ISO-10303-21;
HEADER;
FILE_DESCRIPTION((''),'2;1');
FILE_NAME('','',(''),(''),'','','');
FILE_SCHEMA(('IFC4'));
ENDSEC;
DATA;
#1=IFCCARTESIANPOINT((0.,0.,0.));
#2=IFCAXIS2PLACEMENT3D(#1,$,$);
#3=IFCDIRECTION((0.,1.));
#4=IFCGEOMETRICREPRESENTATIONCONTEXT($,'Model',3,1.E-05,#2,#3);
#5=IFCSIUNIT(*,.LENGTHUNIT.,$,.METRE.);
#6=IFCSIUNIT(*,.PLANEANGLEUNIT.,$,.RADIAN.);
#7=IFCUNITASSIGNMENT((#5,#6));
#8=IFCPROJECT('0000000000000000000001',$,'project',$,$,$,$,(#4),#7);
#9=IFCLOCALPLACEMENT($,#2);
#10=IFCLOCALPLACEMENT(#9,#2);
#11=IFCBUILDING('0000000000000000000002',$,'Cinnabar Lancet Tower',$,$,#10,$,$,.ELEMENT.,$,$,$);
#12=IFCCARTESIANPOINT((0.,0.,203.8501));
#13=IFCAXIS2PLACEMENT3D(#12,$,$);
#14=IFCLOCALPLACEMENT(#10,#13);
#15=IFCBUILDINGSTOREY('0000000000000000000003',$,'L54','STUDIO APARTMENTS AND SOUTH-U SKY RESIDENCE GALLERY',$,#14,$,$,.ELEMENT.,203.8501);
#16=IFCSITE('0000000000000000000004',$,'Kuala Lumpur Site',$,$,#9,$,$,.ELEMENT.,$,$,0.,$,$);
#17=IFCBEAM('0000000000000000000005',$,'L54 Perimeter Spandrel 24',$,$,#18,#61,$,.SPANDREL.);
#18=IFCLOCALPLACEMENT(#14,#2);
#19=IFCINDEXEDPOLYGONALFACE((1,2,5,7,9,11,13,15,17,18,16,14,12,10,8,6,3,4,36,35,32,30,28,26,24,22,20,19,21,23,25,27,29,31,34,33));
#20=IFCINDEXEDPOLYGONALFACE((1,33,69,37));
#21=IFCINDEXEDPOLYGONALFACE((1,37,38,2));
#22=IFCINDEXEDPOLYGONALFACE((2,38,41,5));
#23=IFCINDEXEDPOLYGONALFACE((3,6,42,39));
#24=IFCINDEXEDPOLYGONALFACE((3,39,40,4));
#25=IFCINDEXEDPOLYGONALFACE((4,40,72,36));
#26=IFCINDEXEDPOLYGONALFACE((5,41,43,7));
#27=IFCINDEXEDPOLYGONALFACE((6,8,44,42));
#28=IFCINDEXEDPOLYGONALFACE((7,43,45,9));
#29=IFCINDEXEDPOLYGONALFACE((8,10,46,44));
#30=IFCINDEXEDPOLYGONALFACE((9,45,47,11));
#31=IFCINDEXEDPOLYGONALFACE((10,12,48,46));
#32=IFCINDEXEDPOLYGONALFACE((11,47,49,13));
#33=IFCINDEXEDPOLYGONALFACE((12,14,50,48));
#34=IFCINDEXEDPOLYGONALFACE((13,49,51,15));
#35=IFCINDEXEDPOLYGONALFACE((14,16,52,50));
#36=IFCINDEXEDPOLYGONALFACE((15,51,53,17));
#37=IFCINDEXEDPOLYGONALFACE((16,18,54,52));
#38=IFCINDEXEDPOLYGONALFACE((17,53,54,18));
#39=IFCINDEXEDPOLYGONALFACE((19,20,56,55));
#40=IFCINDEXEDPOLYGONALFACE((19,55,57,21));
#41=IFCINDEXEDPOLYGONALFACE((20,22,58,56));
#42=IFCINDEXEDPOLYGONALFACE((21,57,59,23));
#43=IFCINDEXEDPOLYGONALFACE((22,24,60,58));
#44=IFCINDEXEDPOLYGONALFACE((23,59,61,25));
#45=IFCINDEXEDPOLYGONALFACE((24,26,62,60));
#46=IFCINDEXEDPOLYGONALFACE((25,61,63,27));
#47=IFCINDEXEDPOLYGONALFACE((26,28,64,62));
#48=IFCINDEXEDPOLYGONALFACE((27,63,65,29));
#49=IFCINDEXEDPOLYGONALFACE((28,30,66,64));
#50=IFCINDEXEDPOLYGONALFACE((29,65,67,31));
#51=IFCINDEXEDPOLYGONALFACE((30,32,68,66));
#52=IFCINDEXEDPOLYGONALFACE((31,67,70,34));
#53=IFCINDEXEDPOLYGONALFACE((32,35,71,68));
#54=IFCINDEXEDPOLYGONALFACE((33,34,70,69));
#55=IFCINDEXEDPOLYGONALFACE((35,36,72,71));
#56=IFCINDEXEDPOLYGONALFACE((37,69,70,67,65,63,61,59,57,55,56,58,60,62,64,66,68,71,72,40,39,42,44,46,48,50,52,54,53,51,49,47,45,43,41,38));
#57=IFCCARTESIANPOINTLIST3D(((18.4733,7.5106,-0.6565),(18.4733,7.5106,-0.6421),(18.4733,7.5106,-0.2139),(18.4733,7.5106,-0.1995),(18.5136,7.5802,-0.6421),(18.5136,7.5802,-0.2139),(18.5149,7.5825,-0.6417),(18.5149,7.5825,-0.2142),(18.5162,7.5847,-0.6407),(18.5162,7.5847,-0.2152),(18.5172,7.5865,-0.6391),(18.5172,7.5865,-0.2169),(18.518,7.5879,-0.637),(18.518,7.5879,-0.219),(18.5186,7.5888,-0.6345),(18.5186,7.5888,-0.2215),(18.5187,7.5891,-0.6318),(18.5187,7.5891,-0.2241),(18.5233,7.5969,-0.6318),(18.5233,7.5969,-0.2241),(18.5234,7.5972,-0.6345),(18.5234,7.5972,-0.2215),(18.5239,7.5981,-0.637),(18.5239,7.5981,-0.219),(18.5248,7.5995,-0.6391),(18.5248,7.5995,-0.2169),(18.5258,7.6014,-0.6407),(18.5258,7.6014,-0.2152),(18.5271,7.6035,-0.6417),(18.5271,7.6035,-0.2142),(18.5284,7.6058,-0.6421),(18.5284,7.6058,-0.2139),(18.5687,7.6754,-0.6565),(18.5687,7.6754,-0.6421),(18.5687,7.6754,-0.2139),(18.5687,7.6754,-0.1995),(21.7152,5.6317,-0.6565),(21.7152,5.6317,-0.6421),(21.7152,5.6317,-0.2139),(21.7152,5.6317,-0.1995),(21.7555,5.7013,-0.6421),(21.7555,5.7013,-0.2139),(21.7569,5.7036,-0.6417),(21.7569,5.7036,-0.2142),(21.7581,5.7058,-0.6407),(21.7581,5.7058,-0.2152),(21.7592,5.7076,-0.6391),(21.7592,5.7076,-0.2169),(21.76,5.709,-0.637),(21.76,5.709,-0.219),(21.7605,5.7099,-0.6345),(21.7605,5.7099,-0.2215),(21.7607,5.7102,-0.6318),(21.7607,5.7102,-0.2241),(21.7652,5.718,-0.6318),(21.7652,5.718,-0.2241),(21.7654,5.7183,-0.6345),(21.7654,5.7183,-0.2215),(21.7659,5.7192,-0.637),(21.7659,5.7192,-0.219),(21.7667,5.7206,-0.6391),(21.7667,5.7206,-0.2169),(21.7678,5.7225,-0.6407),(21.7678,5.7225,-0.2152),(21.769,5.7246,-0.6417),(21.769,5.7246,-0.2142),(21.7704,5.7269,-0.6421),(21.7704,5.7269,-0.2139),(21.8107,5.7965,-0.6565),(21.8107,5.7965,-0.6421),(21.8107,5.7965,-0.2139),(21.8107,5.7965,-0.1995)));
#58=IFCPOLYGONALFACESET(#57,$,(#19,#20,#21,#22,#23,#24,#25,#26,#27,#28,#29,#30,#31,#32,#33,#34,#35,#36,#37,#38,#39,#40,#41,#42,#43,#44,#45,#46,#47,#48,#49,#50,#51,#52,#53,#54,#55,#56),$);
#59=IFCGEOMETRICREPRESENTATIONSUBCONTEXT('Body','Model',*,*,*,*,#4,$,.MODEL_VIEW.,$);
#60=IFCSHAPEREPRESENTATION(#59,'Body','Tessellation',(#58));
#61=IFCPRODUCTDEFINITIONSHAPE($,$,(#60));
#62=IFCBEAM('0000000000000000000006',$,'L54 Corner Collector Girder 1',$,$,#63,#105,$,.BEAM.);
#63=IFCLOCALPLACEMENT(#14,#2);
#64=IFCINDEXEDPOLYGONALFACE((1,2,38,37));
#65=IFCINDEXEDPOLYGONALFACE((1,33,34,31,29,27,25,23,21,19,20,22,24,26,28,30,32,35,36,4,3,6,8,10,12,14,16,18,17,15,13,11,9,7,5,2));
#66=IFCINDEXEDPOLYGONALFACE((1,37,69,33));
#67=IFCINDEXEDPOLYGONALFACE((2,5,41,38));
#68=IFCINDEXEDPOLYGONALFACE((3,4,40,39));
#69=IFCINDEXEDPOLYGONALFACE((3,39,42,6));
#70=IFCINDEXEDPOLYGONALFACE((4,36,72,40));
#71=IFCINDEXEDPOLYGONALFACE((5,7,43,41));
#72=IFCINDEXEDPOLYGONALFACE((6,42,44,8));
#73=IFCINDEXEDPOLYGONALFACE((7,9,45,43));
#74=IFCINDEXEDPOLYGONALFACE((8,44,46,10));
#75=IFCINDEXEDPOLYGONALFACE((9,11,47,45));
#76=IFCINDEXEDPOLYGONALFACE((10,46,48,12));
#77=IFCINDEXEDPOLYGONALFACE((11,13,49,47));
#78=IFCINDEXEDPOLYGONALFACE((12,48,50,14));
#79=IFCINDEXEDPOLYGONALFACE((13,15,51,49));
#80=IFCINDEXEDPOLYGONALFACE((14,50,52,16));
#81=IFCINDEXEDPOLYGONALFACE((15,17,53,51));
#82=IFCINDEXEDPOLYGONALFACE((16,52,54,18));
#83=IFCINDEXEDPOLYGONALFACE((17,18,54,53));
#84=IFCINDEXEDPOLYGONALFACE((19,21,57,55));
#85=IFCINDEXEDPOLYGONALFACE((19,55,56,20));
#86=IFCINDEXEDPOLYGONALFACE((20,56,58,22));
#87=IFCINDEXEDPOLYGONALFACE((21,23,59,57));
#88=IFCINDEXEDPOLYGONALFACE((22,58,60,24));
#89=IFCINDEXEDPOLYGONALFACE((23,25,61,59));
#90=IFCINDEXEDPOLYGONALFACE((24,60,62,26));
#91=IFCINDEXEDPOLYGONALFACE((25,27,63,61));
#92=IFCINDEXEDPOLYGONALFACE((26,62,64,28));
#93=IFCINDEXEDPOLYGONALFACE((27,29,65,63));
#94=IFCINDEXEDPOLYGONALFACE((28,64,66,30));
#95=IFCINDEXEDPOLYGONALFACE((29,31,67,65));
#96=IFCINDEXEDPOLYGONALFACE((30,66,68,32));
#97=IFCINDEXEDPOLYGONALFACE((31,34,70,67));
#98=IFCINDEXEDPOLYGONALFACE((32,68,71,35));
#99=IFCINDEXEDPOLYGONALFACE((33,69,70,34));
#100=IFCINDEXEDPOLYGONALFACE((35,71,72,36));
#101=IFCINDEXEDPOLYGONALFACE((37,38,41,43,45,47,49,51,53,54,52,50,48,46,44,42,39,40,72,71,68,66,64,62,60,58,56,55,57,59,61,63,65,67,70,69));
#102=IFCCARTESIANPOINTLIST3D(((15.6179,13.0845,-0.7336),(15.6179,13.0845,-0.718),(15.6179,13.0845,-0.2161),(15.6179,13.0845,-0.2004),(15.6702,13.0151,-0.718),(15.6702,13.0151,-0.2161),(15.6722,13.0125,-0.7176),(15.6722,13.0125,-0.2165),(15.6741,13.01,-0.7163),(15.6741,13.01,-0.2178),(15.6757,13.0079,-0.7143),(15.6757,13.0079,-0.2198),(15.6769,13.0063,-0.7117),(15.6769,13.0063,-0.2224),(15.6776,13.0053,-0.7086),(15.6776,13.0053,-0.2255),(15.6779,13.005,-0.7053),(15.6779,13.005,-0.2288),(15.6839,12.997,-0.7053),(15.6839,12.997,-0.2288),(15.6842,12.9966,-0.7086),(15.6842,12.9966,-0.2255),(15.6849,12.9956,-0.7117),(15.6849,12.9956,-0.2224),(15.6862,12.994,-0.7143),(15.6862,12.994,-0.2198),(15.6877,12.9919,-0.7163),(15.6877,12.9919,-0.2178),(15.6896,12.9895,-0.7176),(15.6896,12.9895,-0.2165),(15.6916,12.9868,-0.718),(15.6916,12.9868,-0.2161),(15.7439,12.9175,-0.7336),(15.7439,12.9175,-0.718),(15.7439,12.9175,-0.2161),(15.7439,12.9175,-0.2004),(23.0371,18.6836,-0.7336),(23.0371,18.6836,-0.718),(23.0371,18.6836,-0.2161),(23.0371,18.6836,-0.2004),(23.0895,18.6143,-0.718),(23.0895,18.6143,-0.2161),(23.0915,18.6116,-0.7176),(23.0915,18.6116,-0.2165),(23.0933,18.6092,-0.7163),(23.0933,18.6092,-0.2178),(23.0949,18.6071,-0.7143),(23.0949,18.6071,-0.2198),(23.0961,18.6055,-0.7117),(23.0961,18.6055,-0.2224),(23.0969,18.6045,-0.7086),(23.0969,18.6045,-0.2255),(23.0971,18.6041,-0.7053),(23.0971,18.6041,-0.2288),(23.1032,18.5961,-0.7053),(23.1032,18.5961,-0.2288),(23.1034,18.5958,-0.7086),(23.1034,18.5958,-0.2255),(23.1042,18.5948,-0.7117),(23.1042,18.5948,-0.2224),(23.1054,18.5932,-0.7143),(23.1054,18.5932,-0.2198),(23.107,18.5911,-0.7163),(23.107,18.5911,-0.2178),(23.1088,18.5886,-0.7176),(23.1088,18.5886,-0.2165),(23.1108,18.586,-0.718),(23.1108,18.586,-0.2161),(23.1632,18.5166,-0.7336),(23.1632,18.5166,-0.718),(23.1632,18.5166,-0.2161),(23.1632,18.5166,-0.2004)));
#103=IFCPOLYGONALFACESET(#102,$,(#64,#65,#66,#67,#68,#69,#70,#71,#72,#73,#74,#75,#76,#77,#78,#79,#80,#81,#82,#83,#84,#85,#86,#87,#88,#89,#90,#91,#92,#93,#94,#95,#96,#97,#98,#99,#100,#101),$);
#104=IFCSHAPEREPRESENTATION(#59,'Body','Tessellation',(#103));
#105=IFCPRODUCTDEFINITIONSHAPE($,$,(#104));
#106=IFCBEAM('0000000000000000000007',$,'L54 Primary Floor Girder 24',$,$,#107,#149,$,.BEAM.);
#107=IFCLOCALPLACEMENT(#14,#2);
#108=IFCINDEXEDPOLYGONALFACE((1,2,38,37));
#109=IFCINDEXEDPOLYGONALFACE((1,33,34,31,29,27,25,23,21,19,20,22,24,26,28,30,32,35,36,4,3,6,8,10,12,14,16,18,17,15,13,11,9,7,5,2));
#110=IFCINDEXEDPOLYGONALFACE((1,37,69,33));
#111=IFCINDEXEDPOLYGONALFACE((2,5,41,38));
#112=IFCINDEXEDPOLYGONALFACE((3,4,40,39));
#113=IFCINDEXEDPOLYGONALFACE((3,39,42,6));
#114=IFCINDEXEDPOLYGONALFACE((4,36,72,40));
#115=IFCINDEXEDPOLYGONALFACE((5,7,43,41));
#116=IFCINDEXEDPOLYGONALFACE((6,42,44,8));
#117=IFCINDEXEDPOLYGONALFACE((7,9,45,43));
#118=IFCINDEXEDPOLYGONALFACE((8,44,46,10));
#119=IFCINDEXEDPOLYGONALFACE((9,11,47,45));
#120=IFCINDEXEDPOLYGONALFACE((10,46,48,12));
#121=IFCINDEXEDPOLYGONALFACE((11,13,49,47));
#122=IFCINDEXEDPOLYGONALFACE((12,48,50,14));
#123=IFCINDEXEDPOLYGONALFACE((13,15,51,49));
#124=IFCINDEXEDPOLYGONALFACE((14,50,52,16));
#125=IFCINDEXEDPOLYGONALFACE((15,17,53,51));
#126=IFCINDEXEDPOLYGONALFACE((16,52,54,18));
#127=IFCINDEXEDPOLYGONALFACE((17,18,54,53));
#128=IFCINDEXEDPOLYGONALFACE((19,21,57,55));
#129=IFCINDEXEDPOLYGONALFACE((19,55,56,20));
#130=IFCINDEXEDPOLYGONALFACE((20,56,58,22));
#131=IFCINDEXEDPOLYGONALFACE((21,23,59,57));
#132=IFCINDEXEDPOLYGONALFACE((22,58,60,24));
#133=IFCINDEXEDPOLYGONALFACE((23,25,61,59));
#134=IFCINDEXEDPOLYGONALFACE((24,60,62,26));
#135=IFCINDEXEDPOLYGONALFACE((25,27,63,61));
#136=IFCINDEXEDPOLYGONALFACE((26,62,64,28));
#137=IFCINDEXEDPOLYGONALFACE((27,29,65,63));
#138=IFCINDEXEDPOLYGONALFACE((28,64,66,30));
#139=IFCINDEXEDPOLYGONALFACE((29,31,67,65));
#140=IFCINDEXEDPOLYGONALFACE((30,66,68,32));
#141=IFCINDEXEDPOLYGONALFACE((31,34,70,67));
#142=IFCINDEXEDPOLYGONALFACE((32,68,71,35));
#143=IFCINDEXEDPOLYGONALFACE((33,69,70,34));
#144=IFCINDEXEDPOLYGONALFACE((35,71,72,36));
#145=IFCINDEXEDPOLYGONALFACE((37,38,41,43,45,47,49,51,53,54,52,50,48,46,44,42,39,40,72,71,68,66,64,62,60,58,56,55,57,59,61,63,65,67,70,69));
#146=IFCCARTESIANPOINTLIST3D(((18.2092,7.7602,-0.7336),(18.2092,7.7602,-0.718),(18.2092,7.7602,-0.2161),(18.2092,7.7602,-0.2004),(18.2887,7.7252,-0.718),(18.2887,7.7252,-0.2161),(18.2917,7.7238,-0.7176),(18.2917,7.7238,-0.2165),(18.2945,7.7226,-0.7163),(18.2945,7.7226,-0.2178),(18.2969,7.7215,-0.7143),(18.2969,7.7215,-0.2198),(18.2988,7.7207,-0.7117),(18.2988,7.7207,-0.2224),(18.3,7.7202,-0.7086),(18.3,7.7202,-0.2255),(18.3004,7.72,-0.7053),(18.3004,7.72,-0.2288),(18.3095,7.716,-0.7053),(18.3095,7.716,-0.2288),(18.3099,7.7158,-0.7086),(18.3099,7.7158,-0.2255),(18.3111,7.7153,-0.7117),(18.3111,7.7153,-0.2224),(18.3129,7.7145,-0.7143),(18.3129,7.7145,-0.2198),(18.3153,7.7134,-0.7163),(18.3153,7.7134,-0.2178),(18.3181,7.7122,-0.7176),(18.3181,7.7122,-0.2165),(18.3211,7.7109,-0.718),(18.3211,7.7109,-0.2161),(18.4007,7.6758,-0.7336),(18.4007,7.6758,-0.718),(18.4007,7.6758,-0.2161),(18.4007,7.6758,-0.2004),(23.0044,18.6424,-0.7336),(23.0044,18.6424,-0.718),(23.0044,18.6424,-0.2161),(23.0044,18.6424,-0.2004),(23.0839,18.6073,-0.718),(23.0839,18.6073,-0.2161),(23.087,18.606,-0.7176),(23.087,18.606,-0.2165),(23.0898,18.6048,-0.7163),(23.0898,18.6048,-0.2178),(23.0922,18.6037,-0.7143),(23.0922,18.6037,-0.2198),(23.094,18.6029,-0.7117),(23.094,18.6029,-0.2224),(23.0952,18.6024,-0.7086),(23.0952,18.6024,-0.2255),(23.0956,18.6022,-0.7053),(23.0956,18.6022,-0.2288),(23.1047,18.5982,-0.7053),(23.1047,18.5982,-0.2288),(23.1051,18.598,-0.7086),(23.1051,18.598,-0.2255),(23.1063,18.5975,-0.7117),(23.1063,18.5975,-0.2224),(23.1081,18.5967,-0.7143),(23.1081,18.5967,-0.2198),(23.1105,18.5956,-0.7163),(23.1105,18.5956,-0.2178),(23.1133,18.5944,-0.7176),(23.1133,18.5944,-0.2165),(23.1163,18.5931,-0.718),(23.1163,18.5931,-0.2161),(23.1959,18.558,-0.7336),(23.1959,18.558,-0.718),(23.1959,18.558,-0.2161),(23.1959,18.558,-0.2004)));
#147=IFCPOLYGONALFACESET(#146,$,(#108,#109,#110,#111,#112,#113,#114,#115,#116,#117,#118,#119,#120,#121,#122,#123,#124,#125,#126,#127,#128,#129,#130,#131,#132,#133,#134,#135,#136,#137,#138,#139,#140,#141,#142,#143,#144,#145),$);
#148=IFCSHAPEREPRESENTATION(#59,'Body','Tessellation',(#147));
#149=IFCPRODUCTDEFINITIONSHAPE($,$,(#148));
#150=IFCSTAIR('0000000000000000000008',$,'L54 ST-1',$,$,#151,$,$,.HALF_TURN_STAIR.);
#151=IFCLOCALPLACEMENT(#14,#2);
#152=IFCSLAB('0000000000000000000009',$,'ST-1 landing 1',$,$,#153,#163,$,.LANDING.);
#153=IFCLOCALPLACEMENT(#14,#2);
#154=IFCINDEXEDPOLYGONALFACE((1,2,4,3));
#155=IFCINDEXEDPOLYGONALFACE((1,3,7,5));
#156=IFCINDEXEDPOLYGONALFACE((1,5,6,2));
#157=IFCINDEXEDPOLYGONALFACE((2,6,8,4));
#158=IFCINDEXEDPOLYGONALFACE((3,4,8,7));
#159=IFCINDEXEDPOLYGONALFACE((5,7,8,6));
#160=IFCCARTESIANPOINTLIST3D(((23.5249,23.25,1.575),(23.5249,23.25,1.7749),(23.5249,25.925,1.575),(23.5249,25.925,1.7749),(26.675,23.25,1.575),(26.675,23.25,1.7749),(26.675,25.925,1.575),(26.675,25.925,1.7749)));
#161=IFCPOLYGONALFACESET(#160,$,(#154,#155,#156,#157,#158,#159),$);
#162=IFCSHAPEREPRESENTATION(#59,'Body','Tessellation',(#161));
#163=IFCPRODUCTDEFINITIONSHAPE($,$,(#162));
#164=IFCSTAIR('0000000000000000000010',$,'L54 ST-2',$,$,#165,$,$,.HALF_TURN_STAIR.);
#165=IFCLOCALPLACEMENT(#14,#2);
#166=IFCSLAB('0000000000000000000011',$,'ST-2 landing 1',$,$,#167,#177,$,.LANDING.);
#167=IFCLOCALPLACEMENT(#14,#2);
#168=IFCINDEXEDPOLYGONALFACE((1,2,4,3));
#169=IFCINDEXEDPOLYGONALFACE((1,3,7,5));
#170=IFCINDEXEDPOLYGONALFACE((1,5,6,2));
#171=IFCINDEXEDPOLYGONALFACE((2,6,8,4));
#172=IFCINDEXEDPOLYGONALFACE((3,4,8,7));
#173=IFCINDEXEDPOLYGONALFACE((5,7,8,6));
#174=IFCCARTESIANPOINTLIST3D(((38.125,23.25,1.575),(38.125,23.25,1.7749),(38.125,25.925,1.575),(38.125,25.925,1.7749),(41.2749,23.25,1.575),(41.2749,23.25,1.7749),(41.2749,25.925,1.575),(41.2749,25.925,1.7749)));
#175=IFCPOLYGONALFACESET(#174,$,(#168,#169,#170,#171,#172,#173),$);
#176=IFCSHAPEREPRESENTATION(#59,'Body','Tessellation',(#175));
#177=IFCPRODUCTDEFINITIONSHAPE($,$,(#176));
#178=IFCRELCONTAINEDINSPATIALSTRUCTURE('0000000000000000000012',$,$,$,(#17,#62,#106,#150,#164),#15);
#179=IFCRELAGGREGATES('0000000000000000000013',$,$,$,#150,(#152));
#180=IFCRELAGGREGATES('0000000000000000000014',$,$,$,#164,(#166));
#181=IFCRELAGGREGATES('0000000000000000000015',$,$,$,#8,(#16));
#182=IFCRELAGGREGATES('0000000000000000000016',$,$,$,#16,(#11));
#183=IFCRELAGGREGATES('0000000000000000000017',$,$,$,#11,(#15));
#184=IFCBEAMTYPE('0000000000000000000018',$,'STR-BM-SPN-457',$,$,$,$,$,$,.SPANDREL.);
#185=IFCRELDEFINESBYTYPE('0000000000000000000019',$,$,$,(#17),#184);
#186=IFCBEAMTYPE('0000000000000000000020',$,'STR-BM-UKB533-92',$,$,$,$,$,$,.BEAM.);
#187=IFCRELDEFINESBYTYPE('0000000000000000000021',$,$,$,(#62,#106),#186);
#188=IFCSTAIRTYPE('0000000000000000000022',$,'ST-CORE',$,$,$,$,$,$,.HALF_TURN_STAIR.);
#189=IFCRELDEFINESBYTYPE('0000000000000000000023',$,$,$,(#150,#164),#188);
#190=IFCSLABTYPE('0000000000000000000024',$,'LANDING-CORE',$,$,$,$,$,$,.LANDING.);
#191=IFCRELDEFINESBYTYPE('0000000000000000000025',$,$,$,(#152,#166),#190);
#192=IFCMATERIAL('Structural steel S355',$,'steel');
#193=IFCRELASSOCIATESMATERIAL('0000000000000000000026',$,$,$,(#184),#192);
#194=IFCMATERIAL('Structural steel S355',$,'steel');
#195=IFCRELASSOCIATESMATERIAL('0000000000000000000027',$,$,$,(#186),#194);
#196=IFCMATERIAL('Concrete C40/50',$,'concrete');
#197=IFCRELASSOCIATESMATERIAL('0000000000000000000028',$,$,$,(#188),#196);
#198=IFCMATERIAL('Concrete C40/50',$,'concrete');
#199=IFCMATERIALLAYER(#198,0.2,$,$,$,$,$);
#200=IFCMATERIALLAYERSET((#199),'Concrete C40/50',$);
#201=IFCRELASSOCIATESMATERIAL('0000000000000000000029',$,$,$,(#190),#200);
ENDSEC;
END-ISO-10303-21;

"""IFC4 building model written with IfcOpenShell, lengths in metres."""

from ifc_helpers import new_model, si_unit, direction, frame, origin, origin_2d, place, context, subcontext, project, spatial, polyline, i_section, outline, extrude, material, layer, layer_set, material_profile, profile_set, type_object, element, aggregate, save


model = new_model("IFC4")

# Units and contexts
model_context = context("Model", 3, precision=1e-05, world=origin(), true_north=direction((0.0, 1.0)))
body_context = subcontext(model_context, "Body", "Model", "MODEL_VIEW")
ifc_project = project(units=[si_unit("LENGTHUNIT", "METRE"), si_unit("PLANEANGLEUNIT", "RADIAN")], contexts=[model_context])

# Site, building, storey
site_placement = place(None, origin())
site = spatial("IfcSite", under=ifc_project, at=site_placement, Name="Kuala Lumpur Site", CompositionType="ELEMENT", RefElevation=0.0)
building_placement = place(site_placement, origin())
building = spatial("IfcBuilding", under=site, at=building_placement, Name="Cinnabar Lancet Tower", CompositionType="ELEMENT")
storey_placement = place(building_placement, frame((0.0, 0.0, 203.8501)))
storey = spatial("IfcBuildingStorey", under=building, at=storey_placement, Name="L54", Description="STUDIO APARTMENTS AND SOUTH-U SKY RESIDENCE GALLERY", CompositionType="ELEMENT", Elevation=203.8501)

# Beams
ifc_material_1 = material(Name="Structural steel S355", Category="steel")
ifc_material_profile_1 = material_profile(ifc_material_1, i_section(OverallWidth=0.1904, OverallDepth=0.457, WebThickness=0.009, FlangeThickness=0.0144, FilletRadius=0.0103, at=origin_2d()), Name="UKB 457x191x74")
ifc_profile_set_1 = profile_set([ifc_material_profile_1], Name="Structural steel S355")
beam_type_1 = type_object("IfcBeamType", Name="STR-BM-SPN-457", PredefinedType="SPANDREL", material=ifc_profile_set_1)
beam_1_placement = place(storey_placement, frame((18.521, 7.593, -0.428), z_axis=(0.865196, -0.501434, 0.0), x_axis=(0.501434, 0.865196, 0.0)))
element("IfcBeam", 1, at=beam_1_placement, inside=storey, type_object=beam_type_1, Name="L54 Perimeter Spandrel 24", PredefinedType="SPANDREL", context=body_context, shape_type="SweptSolid", body=[
    extrude(i_section(OverallWidth=0.1904, OverallDepth=0.457, WebThickness=0.009, FlangeThickness=0.0144, FilletRadius=0.0103, at=origin_2d()), origin(), (0.0, 0.0, 1.0), 3.7471),
])
ifc_material_2 = material(Name="Structural steel S355", Category="steel")
ifc_material_profile_2 = material_profile(ifc_material_2, i_section(OverallWidth=0.2092, OverallDepth=0.5332, WebThickness=0.01, FlangeThickness=0.0156, FilletRadius=0.0127, at=origin_2d()), Name="UKB 533x210x92")
ifc_profile_set_2 = profile_set([ifc_material_profile_2], Name="Structural steel S355")
beam_type_2 = type_object("IfcBeamType", Name="STR-BM-UKB533-92", PredefinedType="BEAM", material=ifc_profile_set_2)
beam_2_placement = place(storey_placement, frame((15.6809, 13.001, -0.467), z_axis=(0.798203, 0.602389, 0.0), x_axis=(-0.602389, 0.798203, 0.0)))
element("IfcBeam", 2, at=beam_2_placement, inside=storey, type_object=beam_type_2, Name="L54 Corner Collector Girder 1", PredefinedType="BEAM", context=body_context, shape_type="SweptSolid", body=[
    extrude(i_section(OverallWidth=0.2092, OverallDepth=0.5332, WebThickness=0.01, FlangeThickness=0.0156, FilletRadius=0.0127, at=origin_2d()), origin(), (0.0, 0.0, 1.0), 9.2949),
])
beam_3_placement = place(storey_placement, frame((18.3049, 7.718, -0.467), z_axis=(0.403235, 0.915096, 0.0), x_axis=(-0.915096, 0.403235, 0.0)))
element("IfcBeam", 3, at=beam_3_placement, inside=storey, type_object=beam_type_2, Name="L54 Primary Floor Girder 24", PredefinedType="BEAM", context=body_context, shape_type="SweptSolid", body=[
    extrude(i_section(OverallWidth=0.2092, OverallDepth=0.5332, WebThickness=0.01, FlangeThickness=0.0156, FilletRadius=0.0127, at=origin_2d()), origin(), (0.0, 0.0, 1.0), 11.8918),
])

# Stairs, slabs
ifc_material_3 = material(Name="Concrete C40/50", Category="concrete")
stair_type = type_object("IfcStairType", Name="ST-CORE", PredefinedType="HALF_TURN_STAIR", material=ifc_material_3)
stair_1_placement = place(storey_placement, origin())
stair_1 = element("IfcStair", 4, at=stair_1_placement, inside=storey, type_object=stair_type, Name="L54 ST-1", PredefinedType="HALF_TURN_STAIR")
ifc_material_4 = material(Name="Concrete C40/50", Category="concrete")
ifc_layer_1 = layer(ifc_material_4, 0.2)
ifc_layer_set_1 = layer_set([ifc_layer_1], Name="Concrete C40/50")
slab_type_1 = type_object("IfcSlabType", Name="LANDING-CORE", PredefinedType="LANDING", material=ifc_layer_set_1)
slab_1_placement = place(storey_placement, frame((0.0, 0.0, 1.575)))
slab_1 = element("IfcSlab", 5, at=slab_1_placement, type_object=slab_type_1, Name="ST-1 landing 1", PredefinedType="LANDING", context=body_context, shape_type="SweptSolid", body=[
    extrude(outline(polyline([(23.5249, 25.925), (23.5249, 23.25), (26.675, 23.25), (26.675, 25.925), (23.5249, 25.925)])), origin(), (0.0, 0.0, 1.0), 0.2),
])
aggregate(stair_1, [slab_1])
stair_2_placement = place(storey_placement, origin())
stair_2 = element("IfcStair", 6, at=stair_2_placement, inside=storey, type_object=stair_type, Name="L54 ST-2", PredefinedType="HALF_TURN_STAIR")
slab_2_placement = place(storey_placement, frame((0.0, 0.0, 1.575)))
slab_2 = element("IfcSlab", 7, at=slab_2_placement, type_object=slab_type_1, Name="ST-2 landing 1", PredefinedType="LANDING", context=body_context, shape_type="SweptSolid", body=[
    extrude(outline(polyline([(38.125, 25.925), (38.125, 23.25), (41.2749, 23.25), (41.2749, 25.925), (38.125, 25.925)])), origin(), (0.0, 0.0, 1.0), 0.2),
])
aggregate(stair_2, [slab_2])

save(model, "model.ifc")
